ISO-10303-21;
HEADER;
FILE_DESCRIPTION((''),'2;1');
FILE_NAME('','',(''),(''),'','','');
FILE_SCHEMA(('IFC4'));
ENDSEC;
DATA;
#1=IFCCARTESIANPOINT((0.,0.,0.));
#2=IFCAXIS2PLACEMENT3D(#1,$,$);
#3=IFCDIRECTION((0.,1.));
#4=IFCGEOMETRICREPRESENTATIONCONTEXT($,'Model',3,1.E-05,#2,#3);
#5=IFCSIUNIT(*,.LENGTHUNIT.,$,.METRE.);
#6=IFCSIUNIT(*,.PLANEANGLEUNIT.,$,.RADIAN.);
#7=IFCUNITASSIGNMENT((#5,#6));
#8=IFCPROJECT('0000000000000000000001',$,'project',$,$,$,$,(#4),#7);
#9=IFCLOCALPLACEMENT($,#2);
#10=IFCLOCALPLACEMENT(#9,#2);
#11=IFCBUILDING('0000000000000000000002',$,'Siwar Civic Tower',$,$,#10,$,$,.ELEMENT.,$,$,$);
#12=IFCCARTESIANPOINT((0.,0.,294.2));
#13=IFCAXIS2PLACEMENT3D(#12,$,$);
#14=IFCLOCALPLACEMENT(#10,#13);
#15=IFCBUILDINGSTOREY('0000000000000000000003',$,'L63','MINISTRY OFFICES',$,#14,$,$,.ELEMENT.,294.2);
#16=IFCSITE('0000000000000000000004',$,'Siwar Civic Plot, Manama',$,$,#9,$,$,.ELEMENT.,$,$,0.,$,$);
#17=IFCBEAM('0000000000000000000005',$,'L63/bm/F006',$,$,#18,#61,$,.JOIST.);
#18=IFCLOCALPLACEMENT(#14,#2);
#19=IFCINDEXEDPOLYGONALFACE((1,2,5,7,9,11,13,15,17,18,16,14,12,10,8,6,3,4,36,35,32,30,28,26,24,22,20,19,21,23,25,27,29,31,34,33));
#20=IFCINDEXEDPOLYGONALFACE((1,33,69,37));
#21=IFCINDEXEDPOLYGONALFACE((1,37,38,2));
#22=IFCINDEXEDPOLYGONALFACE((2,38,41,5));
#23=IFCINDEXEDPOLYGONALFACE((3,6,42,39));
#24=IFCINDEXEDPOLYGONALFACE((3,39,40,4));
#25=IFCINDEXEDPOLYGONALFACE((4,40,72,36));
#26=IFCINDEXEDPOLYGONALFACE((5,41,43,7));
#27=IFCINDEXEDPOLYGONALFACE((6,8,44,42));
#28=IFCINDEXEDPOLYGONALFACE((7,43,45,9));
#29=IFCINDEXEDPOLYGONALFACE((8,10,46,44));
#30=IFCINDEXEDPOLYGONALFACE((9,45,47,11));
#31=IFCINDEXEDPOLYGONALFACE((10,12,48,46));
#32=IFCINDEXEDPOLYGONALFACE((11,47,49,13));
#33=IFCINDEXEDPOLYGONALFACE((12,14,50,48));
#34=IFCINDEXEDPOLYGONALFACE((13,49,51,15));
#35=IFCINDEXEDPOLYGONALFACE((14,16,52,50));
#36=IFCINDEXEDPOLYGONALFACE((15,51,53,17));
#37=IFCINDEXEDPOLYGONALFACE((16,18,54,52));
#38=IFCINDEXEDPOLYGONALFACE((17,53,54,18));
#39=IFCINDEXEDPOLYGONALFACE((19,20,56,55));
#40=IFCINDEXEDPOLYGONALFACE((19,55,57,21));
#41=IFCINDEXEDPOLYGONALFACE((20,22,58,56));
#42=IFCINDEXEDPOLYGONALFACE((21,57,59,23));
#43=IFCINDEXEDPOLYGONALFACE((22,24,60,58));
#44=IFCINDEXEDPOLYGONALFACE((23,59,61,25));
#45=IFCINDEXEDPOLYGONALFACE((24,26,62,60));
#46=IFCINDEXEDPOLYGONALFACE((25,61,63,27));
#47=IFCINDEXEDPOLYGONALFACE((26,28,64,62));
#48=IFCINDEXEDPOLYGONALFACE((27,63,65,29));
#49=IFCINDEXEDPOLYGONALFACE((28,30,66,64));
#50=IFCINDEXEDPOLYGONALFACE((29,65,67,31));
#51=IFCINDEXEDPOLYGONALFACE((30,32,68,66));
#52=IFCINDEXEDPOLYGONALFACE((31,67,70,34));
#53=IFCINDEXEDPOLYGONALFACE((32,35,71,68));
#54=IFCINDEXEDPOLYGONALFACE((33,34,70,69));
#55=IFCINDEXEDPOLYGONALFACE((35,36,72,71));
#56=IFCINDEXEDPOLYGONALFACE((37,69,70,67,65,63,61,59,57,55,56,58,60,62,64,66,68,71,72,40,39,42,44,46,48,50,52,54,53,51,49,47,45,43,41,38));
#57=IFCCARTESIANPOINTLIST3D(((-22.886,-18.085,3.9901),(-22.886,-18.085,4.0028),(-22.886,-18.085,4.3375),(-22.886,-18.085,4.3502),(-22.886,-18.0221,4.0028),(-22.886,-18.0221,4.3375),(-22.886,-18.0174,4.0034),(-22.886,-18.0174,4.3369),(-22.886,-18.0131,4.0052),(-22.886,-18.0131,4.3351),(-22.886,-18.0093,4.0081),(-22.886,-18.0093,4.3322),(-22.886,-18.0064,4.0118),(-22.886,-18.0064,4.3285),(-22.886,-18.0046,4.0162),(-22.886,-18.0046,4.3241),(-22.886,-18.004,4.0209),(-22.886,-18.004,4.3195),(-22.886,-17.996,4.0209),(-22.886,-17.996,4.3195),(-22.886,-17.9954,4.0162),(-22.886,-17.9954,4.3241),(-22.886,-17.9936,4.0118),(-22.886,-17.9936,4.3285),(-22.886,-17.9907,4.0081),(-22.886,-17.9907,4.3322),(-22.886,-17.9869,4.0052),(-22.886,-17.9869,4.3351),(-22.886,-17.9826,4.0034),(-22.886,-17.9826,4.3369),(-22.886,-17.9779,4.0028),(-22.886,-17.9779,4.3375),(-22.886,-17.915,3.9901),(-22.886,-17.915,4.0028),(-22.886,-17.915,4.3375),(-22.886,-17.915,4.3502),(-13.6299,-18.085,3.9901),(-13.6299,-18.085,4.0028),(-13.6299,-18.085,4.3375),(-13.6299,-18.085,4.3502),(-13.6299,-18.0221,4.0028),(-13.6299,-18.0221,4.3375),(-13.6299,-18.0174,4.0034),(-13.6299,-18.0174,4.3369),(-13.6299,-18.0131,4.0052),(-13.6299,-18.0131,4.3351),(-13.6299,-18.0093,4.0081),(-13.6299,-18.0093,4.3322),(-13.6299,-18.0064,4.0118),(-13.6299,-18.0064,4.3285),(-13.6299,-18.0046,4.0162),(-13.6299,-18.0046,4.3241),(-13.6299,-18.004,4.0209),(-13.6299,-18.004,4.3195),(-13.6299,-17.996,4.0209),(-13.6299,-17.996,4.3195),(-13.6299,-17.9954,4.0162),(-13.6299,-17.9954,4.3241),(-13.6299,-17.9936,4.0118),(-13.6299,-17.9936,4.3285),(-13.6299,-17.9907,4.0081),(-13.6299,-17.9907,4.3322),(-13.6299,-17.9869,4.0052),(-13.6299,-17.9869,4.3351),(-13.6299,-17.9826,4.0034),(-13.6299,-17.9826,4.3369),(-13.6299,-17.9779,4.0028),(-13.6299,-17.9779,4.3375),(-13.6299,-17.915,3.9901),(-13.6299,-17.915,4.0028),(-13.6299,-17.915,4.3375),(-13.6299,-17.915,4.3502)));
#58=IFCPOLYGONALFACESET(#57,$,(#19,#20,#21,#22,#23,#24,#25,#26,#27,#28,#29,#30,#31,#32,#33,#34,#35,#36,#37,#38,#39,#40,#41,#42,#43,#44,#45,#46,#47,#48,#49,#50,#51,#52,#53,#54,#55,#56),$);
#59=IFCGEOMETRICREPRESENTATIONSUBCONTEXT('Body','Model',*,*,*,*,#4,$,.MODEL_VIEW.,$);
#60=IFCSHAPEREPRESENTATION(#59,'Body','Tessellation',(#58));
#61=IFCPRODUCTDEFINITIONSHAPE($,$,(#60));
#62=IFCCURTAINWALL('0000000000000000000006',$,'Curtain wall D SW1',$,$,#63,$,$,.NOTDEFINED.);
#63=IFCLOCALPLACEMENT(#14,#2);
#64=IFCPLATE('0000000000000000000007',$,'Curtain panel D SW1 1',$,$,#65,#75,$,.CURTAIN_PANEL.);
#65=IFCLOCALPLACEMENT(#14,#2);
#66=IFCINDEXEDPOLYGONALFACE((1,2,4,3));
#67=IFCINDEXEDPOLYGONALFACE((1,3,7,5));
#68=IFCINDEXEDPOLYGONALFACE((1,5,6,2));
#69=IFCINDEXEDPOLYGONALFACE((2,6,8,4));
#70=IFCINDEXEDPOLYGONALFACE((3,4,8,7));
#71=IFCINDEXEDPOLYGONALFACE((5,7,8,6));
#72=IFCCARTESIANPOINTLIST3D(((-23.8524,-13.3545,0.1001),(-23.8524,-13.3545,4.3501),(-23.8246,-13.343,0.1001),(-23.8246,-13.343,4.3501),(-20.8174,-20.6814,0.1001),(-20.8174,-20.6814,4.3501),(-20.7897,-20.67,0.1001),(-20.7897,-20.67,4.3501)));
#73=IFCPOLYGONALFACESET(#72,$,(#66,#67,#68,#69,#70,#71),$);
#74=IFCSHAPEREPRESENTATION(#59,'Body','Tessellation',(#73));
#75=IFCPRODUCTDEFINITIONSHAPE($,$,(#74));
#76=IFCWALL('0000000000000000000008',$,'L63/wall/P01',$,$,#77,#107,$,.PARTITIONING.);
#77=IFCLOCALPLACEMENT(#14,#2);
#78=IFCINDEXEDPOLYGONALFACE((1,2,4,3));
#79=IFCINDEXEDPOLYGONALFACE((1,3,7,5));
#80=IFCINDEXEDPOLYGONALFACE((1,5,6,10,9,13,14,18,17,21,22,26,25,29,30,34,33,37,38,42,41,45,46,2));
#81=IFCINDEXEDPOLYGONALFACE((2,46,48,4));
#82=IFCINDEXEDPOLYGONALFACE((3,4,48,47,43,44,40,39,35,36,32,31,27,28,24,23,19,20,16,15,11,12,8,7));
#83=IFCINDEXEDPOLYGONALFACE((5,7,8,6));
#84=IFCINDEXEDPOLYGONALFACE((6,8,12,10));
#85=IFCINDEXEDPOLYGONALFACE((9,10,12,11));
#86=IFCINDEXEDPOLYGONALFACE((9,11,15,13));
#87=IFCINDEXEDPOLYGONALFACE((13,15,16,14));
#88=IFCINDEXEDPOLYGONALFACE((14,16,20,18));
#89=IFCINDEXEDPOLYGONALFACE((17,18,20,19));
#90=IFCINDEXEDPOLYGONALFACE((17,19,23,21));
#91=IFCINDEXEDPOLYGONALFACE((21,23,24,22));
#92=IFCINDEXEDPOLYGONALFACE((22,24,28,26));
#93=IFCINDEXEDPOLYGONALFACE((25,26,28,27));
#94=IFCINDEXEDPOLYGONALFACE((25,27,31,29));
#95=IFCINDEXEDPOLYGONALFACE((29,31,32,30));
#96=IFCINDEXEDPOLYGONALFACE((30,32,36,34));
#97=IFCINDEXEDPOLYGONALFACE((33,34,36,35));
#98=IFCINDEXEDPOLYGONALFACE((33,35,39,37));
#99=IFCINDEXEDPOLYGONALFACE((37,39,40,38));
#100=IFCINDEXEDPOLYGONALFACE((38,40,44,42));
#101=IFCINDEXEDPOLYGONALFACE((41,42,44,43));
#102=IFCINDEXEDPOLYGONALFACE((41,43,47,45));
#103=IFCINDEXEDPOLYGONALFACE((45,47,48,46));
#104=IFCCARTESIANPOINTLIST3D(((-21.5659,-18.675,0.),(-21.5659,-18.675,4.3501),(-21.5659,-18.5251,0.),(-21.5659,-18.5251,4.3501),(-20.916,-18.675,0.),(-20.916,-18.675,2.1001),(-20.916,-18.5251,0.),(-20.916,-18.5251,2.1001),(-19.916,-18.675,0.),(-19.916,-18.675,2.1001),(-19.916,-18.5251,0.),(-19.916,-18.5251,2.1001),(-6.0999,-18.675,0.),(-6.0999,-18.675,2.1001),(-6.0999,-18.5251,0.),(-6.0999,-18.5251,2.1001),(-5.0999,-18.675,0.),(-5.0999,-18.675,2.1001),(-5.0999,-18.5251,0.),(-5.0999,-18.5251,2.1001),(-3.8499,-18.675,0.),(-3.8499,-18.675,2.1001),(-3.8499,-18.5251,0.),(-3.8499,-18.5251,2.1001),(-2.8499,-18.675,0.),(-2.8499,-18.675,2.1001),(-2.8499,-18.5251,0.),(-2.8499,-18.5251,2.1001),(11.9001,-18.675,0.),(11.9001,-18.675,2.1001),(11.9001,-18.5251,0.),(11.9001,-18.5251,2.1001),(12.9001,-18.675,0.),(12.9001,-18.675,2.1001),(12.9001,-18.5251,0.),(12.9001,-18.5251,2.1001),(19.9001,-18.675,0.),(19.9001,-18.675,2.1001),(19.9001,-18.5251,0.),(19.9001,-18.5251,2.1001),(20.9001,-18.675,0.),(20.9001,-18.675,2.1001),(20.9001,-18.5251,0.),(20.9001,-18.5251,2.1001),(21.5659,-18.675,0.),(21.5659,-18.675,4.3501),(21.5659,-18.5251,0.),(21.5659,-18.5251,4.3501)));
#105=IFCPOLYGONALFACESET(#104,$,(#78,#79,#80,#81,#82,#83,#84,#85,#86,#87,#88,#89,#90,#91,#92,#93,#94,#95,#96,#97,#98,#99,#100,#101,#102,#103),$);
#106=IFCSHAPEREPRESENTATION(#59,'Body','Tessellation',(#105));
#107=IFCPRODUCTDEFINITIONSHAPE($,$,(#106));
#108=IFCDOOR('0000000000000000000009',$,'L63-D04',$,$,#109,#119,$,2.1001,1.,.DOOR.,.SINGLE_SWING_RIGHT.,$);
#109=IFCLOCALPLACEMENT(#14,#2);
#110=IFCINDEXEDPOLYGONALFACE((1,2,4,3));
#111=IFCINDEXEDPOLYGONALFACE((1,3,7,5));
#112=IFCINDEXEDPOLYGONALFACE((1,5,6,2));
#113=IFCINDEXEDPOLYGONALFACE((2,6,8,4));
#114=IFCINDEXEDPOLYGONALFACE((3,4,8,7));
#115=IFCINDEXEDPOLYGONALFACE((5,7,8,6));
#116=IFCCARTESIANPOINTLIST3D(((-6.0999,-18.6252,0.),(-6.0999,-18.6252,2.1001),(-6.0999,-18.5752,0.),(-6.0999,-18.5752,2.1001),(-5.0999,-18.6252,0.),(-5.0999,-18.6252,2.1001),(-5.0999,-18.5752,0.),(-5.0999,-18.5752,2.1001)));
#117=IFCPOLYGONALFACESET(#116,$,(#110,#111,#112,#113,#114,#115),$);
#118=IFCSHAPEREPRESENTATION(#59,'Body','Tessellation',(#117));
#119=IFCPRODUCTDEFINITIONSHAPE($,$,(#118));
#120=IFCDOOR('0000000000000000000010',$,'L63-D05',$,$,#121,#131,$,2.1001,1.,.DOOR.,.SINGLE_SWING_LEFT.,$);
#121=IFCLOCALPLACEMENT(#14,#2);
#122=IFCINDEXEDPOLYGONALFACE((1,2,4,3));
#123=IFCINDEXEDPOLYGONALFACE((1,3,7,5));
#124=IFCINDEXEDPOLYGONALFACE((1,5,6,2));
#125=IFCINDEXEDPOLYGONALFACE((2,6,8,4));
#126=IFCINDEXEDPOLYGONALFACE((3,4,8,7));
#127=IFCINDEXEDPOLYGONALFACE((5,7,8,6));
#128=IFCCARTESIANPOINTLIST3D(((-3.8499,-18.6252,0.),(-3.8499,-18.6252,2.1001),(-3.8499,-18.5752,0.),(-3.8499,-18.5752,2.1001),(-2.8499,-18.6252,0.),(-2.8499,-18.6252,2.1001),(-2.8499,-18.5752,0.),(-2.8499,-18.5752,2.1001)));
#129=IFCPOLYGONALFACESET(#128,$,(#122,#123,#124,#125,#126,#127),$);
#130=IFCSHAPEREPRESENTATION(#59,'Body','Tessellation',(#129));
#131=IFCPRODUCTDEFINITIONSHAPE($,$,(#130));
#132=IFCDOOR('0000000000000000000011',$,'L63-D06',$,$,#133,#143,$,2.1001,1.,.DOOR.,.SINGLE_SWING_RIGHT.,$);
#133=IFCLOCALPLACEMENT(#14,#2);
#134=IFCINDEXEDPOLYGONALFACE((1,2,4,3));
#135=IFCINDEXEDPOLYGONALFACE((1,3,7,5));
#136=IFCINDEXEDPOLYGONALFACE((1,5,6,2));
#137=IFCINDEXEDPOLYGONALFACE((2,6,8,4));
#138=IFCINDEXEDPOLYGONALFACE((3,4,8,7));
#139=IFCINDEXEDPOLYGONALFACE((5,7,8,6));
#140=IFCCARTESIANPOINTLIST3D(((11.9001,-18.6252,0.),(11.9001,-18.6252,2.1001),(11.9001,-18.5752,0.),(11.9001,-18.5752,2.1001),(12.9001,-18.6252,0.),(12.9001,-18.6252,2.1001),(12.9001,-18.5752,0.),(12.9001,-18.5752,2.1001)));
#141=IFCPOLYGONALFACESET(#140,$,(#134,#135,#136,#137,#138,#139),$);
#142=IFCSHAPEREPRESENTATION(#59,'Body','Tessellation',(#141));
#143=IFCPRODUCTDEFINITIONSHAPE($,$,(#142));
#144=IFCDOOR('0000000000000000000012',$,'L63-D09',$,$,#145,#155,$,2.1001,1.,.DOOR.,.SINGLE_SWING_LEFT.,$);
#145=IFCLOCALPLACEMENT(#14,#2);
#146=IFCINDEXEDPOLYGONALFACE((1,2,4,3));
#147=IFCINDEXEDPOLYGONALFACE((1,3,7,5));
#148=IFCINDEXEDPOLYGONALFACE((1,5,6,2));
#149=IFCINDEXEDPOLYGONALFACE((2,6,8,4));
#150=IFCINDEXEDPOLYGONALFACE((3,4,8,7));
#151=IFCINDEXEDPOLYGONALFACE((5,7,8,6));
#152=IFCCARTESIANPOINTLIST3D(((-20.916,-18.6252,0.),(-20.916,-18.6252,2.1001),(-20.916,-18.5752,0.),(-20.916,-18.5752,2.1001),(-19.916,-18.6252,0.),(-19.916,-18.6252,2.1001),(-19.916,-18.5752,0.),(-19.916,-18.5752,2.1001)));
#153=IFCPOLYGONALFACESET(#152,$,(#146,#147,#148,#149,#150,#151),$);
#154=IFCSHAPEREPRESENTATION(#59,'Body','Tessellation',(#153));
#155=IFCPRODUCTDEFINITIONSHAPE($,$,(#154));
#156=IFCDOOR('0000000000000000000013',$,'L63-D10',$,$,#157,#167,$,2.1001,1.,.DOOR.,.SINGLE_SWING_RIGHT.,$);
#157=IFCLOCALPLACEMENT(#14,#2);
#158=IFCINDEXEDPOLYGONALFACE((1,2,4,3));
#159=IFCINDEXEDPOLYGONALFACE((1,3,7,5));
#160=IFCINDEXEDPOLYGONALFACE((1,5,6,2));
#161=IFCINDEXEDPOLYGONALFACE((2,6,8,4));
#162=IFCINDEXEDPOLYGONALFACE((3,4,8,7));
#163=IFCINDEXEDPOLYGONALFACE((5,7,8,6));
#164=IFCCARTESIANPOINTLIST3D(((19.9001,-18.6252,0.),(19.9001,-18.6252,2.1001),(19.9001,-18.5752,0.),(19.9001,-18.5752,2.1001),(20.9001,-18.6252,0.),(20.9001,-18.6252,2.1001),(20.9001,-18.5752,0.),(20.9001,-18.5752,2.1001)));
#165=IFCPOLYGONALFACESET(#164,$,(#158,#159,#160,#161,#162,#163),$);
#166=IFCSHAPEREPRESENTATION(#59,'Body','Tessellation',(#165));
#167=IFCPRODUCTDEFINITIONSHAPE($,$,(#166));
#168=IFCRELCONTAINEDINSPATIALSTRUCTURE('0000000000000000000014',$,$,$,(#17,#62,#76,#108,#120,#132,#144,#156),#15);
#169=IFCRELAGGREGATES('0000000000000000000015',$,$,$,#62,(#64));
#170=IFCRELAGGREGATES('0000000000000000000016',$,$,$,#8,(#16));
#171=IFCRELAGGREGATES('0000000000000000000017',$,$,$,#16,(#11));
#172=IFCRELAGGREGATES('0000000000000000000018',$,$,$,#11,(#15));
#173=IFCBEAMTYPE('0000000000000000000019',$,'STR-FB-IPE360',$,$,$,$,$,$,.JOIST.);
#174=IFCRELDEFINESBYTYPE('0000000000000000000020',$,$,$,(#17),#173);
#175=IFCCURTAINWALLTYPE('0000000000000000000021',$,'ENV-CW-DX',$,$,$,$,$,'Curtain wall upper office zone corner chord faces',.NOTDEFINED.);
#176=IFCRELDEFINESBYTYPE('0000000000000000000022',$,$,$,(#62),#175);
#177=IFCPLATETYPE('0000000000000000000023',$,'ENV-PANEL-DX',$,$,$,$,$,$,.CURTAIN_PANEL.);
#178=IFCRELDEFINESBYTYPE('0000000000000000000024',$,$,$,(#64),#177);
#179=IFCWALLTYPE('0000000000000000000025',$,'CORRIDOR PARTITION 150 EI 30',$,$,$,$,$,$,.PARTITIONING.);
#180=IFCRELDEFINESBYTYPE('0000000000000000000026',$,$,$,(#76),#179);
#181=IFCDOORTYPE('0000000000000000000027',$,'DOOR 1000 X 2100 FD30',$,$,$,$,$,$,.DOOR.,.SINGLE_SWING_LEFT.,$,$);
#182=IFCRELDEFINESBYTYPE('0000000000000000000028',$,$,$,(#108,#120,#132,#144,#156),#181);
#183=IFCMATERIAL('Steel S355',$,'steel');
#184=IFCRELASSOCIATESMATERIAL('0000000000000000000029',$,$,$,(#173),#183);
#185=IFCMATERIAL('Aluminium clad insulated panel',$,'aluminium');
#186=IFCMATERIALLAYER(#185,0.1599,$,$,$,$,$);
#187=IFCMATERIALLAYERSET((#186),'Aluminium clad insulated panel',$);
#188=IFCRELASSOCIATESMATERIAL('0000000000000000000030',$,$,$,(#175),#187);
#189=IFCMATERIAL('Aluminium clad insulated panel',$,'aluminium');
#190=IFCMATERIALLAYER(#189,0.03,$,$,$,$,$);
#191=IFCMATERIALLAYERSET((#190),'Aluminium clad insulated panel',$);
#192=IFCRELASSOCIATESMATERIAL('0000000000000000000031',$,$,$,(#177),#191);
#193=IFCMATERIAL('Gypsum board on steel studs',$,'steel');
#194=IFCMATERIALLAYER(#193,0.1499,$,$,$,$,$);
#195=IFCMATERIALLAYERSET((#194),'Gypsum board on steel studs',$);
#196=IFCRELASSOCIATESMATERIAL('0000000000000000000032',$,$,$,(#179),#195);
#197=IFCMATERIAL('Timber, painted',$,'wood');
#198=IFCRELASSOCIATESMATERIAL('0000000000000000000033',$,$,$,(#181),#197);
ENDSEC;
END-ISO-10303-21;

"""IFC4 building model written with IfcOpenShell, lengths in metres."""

from ifc_helpers import new_model, si_unit, direction, frame, frame_2d, origin, origin_2d, place, context, subcontext, project, spatial, rectangle, i_section, extrude, material, layer, layer_set, material_profile, profile_set, type_object, element, fill, aggregate, save


model = new_model("IFC4")

# Units and contexts
model_context = context("Model", 3, precision=1e-05, world=origin(), true_north=direction((0.0, 1.0)))
body_context = subcontext(model_context, "Body", "Model", "MODEL_VIEW")
ifc_project = project(units=[si_unit("LENGTHUNIT", "METRE"), si_unit("PLANEANGLEUNIT", "RADIAN")], contexts=[model_context])

# Site, building, storey
site_placement = place(None, origin())
site = spatial("IfcSite", under=ifc_project, at=site_placement, Name="Siwar Civic Plot, Manama", CompositionType="ELEMENT", RefElevation=0.0)
building_placement = place(site_placement, origin())
building = spatial("IfcBuilding", under=site, at=building_placement, Name="Siwar Civic Tower", CompositionType="ELEMENT")
storey_placement = place(building_placement, frame((0.0, 0.0, 294.2)))
storey = spatial("IfcBuildingStorey", under=building, at=storey_placement, Name="L63", Description="MINISTRY OFFICES", CompositionType="ELEMENT", Elevation=294.2)

# Beam
ifc_material_1 = material(Name="Steel S355", Category="steel")
ifc_material_profile_1 = material_profile(ifc_material_1, i_section(OverallWidth=0.1699, OverallDepth=0.3601, WebThickness=0.0081, FlangeThickness=0.0127, FilletRadius=0.0181, at=origin_2d()), Name="IPE360")
ifc_profile_set_1 = profile_set([ifc_material_profile_1], Name="Steel S355")
beam_type = type_object("IfcBeamType", Name="STR-FB-IPE360", PredefinedType="JOIST", material=ifc_profile_set_1)
beam_placement = place(storey_placement, frame((-22.886, -18.0, 4.1702), z_axis=(1.0, 0.0, 0.0), x_axis=(0.0, 1.0, 0.0)))
element("IfcBeam", 1, at=beam_placement, inside=storey, type_object=beam_type, Name="L63/bm/F006", PredefinedType="JOIST", context=body_context, shape_type="SweptSolid", body=[
    extrude(i_section(OverallWidth=0.1699, OverallDepth=0.3601, WebThickness=0.0081, FlangeThickness=0.0127, FilletRadius=0.0181, at=origin_2d()), origin(), (0.0, 0.0, 1.0), 9.2561),
])

# Curtain wall, plate
ifc_material_2 = material(Name="Aluminium clad insulated panel", Category="aluminium")
ifc_layer_1 = layer(ifc_material_2, 0.1599)
ifc_layer_set_1 = layer_set([ifc_layer_1], Name="Aluminium clad insulated panel")
curtain_wall_type = type_object("IfcCurtainWallType", Name="ENV-CW-DX", ElementType="Curtain wall upper office zone corner chord faces", PredefinedType="NOTDEFINED", material=ifc_layer_set_1)
curtain_wall_placement = place(storey_placement, origin())
curtain_wall = element("IfcCurtainWall", 2, at=curtain_wall_placement, inside=storey, type_object=curtain_wall_type, Name="Curtain wall D SW1", PredefinedType="NOTDEFINED")
ifc_material_3 = material(Name="Aluminium clad insulated panel", Category="aluminium")
ifc_layer_2 = layer(ifc_material_3, 0.03)
ifc_layer_set_2 = layer_set([ifc_layer_2], Name="Aluminium clad insulated panel")
plate_type = type_object("IfcPlateType", Name="ENV-PANEL-DX", PredefinedType="CURTAIN_PANEL", material=ifc_layer_set_2)
plate_placement = place(storey_placement, frame((-22.321, -17.0122, 0.1001), z_axis=(0.0, 0.0, 1.0), x_axis=(0.382683, -0.92388, 0.0)))
plate = element("IfcPlate", 3, at=plate_placement, type_object=plate_type, Name="Curtain panel D SW1 1", PredefinedType="CURTAIN_PANEL", context=body_context, shape_type="SweptSolid", body=[
    extrude(rectangle(XDim=7.9307, YDim=0.03, at=origin_2d()), origin(), (0.0, 0.0, 1.0), 4.25),
])
aggregate(curtain_wall, [plate])

# Wall, openings, doors
ifc_material_4 = material(Name="Gypsum board on steel studs", Category="steel")
ifc_layer_3 = layer(ifc_material_4, 0.1499)
ifc_layer_set_3 = layer_set([ifc_layer_3], Name="Gypsum board on steel studs")
wall_type = type_object("IfcWallType", Name="CORRIDOR PARTITION 150 EI 30", PredefinedType="PARTITIONING", material=ifc_layer_set_3)
wall_1_placement = place(storey_placement, frame((-21.5659, -18.6001, 0.0), z_axis=(0.0, 0.0, 1.0), x_axis=(1.0, 0.0, 0.0)))
wall_1 = element("IfcWall", 4, at=wall_1_placement, inside=storey, type_object=wall_type, Name="L63/wall/P01", PredefinedType="PARTITIONING", context=body_context, shape_type="SweptSolid", body=[
    extrude(rectangle(XDim=43.1318, YDim=0.1499, at=frame_2d((21.5659, 0.0))), origin(), (0.0, 0.0, 1.0), 4.3501),
])
opening_1_placement = place(wall_1_placement, frame((15.4661, 0.0, 0.0)))
opening_1 = element("IfcOpeningElement", 5, at=opening_1_placement, cuts=wall_1, PredefinedType="OPENING", context=body_context, shape_type="SweptSolid", body=[
    extrude(rectangle(XDim=1.0, YDim=2.1001, at=frame_2d((0.5, 1.05))), frame((0.0, 0.085, 0.0), z_axis=(0.0, -1.0, 0.0), x_axis=(1.0, 0.0, 0.0)), (0.0, 0.0, 1.0), 0.1699),
])
opening_2_placement = place(wall_1_placement, frame((17.7161, 0.0, 0.0)))
opening_2 = element("IfcOpeningElement", 6, at=opening_2_placement, cuts=wall_1, PredefinedType="OPENING", context=body_context, shape_type="SweptSolid", body=[
    extrude(rectangle(XDim=1.0, YDim=2.1001, at=frame_2d((0.5, 1.05))), frame((0.0, 0.085, 0.0), z_axis=(0.0, -1.0, 0.0), x_axis=(1.0, 0.0, 0.0)), (0.0, 0.0, 1.0), 0.1699),
])
opening_3_placement = place(wall_1_placement, frame((33.4661, 0.0, 0.0)))
opening_3 = element("IfcOpeningElement", 7, at=opening_3_placement, cuts=wall_1, PredefinedType="OPENING", context=body_context, shape_type="SweptSolid", body=[
    extrude(rectangle(XDim=1.0, YDim=2.1001, at=frame_2d((0.5, 1.05))), frame((0.0, 0.085, 0.0), z_axis=(0.0, -1.0, 0.0), x_axis=(1.0, 0.0, 0.0)), (0.0, 0.0, 1.0), 0.1699),
])
opening_4_placement = place(wall_1_placement, frame((0.6499, 0.0, 0.0)))
opening_4 = element("IfcOpeningElement", 8, at=opening_4_placement, cuts=wall_1, PredefinedType="OPENING", context=body_context, shape_type="SweptSolid", body=[
    extrude(rectangle(XDim=1.0, YDim=2.1001, at=frame_2d((0.5, 1.05))), frame((0.0, 0.085, 0.0), z_axis=(0.0, -1.0, 0.0), x_axis=(1.0, 0.0, 0.0)), (0.0, 0.0, 1.0), 0.1699),
])
opening_5_placement = place(wall_1_placement, frame((41.4661, 0.0, 0.0)))
opening_5 = element("IfcOpeningElement", 9, at=opening_5_placement, cuts=wall_1, PredefinedType="OPENING", context=body_context, shape_type="SweptSolid", body=[
    extrude(rectangle(XDim=1.0, YDim=2.1001, at=frame_2d((0.5, 1.05))), frame((0.0, 0.085, 0.0), z_axis=(0.0, -1.0, 0.0), x_axis=(1.0, 0.0, 0.0)), (0.0, 0.0, 1.0), 0.1699),
])
ifc_material_5 = material(Name="Timber, painted", Category="wood")
door_type = type_object("IfcDoorType", Name="DOOR 1000 X 2100 FD30", OperationType="SINGLE_SWING_LEFT", PredefinedType="DOOR", material=ifc_material_5)
door_1_placement = place(opening_1_placement, origin())
door_1 = element("IfcDoor", 10, at=door_1_placement, inside=storey, type_object=door_type, Name="L63-D04", OperationType="SINGLE_SWING_RIGHT", OverallHeight=2.1001, OverallWidth=1.0, PredefinedType="DOOR", context=body_context, shape_type="SweptSolid", body=[
    extrude(rectangle(XDim=1.0, YDim=2.1001, at=frame_2d((0.5, 1.05))), frame((0.0, 0.0249, 0.0), z_axis=(0.0, -1.0, 0.0), x_axis=(1.0, 0.0, 0.0)), (0.0, 0.0, 1.0), 0.05),
])
fill(opening_1, door_1)
door_2_placement = place(opening_2_placement, origin())
door_2 = element("IfcDoor", 11, at=door_2_placement, inside=storey, type_object=door_type, Name="L63-D05", OperationType="SINGLE_SWING_LEFT", OverallHeight=2.1001, OverallWidth=1.0, PredefinedType="DOOR", context=body_context, shape_type="SweptSolid", body=[
    extrude(rectangle(XDim=1.0, YDim=2.1001, at=frame_2d((0.5, 1.05))), frame((0.0, 0.0249, 0.0), z_axis=(0.0, -1.0, 0.0), x_axis=(1.0, 0.0, 0.0)), (0.0, 0.0, 1.0), 0.05),
])
fill(opening_2, door_2)
door_3_placement = place(opening_3_placement, origin())
door_3 = element("IfcDoor", 12, at=door_3_placement, inside=storey, type_object=door_type, Name="L63-D06", OperationType="SINGLE_SWING_RIGHT", OverallHeight=2.1001, OverallWidth=1.0, PredefinedType="DOOR", context=body_context, shape_type="SweptSolid", body=[
    extrude(rectangle(XDim=1.0, YDim=2.1001, at=frame_2d((0.5, 1.05))), frame((0.0, 0.0249, 0.0), z_axis=(0.0, -1.0, 0.0), x_axis=(1.0, 0.0, 0.0)), (0.0, 0.0, 1.0), 0.05),
])
fill(opening_3, door_3)
door_4_placement = place(opening_4_placement, origin())
door_4 = element("IfcDoor", 13, at=door_4_placement, inside=storey, type_object=door_type, Name="L63-D09", OperationType="SINGLE_SWING_LEFT", OverallHeight=2.1001, OverallWidth=1.0, PredefinedType="DOOR", context=body_context, shape_type="SweptSolid", body=[
    extrude(rectangle(XDim=1.0, YDim=2.1001, at=frame_2d((0.5, 1.05))), frame((0.0, 0.0249, 0.0), z_axis=(0.0, -1.0, 0.0), x_axis=(1.0, 0.0, 0.0)), (0.0, 0.0, 1.0), 0.05),
])
fill(opening_4, door_4)
door_5_placement = place(opening_5_placement, origin())
door_5 = element("IfcDoor", 14, at=door_5_placement, inside=storey, type_object=door_type, Name="L63-D10", OperationType="SINGLE_SWING_RIGHT", OverallHeight=2.1001, OverallWidth=1.0, PredefinedType="DOOR", context=body_context, shape_type="SweptSolid", body=[
    extrude(rectangle(XDim=1.0, YDim=2.1001, at=frame_2d((0.5, 1.05))), frame((0.0, 0.0249, 0.0), z_axis=(0.0, -1.0, 0.0), x_axis=(1.0, 0.0, 0.0)), (0.0, 0.0, 1.0), 0.05),
])
fill(opening_5, door_5)

save(model, "model.ifc")
